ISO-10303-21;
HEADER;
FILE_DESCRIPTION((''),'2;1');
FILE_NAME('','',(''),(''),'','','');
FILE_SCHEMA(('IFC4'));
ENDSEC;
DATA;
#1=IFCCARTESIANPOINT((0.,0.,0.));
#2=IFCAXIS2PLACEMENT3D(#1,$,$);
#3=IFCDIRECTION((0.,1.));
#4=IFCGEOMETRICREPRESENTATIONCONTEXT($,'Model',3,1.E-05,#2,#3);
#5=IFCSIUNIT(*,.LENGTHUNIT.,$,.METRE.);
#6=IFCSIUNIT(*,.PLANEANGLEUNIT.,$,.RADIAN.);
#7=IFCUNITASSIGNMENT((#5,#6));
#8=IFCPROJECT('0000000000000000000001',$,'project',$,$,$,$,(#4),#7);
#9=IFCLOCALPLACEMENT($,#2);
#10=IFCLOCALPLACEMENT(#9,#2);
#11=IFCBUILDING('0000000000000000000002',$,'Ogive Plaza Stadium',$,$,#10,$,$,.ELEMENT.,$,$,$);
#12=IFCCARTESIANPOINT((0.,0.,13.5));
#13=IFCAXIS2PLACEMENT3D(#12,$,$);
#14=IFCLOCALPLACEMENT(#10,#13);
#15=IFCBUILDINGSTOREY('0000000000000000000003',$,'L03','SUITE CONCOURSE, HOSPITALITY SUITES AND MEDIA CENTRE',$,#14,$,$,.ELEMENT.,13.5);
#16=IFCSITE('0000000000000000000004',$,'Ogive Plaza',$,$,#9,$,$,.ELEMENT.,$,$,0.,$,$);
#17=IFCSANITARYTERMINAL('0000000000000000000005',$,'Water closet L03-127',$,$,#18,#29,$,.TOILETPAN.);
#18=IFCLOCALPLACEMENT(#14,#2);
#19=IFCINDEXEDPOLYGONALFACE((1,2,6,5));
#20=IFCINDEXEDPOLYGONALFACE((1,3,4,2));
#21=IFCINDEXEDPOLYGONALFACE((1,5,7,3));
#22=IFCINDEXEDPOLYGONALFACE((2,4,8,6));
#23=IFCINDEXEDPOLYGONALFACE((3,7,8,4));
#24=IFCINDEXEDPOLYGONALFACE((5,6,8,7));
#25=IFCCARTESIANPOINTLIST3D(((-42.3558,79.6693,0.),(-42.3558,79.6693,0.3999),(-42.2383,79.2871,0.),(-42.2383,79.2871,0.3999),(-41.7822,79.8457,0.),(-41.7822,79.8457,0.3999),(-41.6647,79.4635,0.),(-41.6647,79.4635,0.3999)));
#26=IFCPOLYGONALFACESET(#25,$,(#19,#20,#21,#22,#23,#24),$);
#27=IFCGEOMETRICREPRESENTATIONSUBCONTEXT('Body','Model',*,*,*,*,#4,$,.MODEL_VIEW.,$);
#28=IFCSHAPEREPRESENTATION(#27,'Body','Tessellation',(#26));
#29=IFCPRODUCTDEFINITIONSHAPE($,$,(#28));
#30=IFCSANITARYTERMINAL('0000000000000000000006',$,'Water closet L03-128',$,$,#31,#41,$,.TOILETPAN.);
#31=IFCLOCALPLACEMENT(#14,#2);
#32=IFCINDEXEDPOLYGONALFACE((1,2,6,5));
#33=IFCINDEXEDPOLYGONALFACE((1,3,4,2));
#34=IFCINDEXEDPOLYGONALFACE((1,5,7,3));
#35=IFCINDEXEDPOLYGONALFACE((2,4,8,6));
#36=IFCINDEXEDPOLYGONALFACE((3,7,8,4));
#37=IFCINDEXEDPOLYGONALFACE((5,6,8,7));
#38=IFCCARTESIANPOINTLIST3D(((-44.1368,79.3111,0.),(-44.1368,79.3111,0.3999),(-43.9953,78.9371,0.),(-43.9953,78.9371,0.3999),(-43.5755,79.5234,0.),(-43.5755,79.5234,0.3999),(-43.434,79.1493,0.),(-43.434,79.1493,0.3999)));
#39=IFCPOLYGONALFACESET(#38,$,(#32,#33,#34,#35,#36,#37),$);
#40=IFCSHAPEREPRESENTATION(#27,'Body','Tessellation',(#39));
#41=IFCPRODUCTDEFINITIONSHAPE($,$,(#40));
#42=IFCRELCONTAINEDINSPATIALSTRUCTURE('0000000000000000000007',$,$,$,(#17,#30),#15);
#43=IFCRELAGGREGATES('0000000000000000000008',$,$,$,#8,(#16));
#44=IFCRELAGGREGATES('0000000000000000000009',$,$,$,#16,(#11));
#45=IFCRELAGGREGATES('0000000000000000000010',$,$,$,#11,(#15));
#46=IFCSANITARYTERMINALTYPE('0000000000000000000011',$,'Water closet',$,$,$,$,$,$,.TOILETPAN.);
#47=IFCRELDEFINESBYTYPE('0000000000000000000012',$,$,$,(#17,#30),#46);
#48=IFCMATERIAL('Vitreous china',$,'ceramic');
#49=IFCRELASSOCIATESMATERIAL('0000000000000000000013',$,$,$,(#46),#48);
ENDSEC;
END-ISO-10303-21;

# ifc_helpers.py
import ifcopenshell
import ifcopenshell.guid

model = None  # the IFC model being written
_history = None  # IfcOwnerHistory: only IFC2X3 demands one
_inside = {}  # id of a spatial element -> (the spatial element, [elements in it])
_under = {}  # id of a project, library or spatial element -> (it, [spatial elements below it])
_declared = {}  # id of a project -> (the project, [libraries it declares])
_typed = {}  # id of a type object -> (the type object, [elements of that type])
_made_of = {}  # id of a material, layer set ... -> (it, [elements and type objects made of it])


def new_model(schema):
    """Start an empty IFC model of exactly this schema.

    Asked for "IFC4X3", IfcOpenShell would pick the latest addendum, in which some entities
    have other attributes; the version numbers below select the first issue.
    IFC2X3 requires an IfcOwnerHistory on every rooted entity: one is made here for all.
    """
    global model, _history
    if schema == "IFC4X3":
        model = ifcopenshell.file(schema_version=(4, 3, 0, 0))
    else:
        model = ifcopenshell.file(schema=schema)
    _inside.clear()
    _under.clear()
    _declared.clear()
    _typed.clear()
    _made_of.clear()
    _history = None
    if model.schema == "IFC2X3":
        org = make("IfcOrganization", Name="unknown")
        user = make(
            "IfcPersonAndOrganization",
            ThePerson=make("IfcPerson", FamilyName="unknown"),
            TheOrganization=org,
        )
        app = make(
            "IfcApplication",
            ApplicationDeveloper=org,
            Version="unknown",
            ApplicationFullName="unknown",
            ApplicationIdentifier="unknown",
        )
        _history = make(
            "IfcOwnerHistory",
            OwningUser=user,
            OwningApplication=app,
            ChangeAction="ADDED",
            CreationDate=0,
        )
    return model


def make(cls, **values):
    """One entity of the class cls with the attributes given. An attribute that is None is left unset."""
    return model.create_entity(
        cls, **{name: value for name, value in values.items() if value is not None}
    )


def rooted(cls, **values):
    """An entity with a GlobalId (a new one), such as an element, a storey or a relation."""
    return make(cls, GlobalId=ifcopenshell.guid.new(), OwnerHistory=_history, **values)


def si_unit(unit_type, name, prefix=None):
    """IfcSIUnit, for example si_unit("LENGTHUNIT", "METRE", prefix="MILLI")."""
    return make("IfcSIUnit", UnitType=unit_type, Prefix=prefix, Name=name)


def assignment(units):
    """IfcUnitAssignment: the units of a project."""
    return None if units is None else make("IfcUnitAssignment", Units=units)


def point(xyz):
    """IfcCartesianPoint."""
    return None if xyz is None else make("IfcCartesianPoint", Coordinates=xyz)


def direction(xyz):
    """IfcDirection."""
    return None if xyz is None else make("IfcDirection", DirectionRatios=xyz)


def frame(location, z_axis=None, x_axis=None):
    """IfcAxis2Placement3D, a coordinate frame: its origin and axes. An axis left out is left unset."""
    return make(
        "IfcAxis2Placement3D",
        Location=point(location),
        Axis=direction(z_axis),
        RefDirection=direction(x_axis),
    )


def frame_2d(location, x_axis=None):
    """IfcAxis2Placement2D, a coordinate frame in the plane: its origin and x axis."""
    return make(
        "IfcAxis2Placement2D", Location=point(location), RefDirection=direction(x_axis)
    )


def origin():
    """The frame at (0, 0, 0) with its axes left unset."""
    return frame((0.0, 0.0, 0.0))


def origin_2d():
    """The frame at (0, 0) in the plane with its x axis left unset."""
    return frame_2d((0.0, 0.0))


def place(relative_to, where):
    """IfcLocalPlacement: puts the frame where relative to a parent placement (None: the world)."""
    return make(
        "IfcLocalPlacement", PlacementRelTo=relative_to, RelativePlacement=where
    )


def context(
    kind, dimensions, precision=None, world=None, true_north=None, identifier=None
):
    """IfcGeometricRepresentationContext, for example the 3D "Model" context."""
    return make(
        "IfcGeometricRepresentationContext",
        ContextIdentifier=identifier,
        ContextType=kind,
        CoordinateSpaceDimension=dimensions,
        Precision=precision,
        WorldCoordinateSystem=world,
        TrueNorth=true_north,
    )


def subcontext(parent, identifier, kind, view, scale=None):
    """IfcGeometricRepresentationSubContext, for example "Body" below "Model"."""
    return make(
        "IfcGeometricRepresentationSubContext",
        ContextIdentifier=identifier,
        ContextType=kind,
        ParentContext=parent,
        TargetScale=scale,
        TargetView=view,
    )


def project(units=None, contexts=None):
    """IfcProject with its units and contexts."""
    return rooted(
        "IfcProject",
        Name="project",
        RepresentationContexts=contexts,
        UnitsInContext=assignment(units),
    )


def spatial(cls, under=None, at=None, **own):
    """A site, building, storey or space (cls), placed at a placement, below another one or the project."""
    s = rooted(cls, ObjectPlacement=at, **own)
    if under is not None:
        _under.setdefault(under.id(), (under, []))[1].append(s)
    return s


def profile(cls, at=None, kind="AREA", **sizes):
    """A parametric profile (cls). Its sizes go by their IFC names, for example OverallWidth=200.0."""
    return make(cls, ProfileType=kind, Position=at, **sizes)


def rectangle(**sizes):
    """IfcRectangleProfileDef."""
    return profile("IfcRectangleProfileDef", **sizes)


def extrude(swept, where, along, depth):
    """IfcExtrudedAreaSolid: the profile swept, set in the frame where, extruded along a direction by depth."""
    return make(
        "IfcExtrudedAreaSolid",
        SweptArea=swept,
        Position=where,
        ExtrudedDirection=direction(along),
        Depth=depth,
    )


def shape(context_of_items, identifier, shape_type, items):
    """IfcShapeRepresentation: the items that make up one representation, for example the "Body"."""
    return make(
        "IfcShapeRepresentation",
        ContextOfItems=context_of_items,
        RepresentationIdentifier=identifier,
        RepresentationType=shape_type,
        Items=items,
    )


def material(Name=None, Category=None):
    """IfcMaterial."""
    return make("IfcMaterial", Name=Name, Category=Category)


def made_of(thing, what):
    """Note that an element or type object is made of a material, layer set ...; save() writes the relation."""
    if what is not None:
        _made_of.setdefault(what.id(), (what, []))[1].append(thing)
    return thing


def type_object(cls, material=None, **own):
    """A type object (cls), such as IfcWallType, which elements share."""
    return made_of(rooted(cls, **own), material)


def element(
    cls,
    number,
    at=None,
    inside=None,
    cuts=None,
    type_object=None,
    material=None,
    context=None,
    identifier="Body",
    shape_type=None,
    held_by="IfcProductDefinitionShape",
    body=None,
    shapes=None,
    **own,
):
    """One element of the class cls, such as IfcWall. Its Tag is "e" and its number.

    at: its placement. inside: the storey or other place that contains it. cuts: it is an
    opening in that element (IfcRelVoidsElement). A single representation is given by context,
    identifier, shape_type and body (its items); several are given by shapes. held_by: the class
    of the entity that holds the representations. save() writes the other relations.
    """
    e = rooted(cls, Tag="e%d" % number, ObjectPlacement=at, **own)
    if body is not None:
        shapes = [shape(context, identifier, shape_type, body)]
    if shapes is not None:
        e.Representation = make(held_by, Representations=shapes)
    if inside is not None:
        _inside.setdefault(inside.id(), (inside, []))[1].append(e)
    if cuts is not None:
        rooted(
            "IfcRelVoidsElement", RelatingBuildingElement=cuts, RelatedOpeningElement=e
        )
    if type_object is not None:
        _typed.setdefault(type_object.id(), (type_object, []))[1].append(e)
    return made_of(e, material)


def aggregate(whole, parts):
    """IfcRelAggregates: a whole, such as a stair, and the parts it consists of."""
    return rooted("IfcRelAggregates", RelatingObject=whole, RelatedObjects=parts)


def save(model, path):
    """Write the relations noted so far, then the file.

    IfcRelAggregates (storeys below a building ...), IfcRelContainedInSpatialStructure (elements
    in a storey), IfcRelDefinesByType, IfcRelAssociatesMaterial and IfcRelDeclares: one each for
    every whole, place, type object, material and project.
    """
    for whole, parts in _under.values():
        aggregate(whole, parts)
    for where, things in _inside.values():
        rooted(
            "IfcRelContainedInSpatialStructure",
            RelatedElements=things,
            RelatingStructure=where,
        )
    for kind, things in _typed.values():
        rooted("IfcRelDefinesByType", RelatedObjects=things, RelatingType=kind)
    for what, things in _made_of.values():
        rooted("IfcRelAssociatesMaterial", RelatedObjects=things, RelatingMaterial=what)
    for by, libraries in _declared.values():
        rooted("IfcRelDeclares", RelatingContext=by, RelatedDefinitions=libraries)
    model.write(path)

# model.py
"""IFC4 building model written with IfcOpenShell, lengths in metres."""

from ifc_helpers import new_model, si_unit, direction, frame, origin, origin_2d, place, context, subcontext, project, spatial, rectangle, extrude, material, type_object, element, save


model = new_model("IFC4")

# Units and contexts
model_context = context("Model", 3, precision=1e-05, world=origin(), true_north=direction((0.0, 1.0)))
body_context = subcontext(model_context, "Body", "Model", "MODEL_VIEW")
ifc_project = project(units=[si_unit("LENGTHUNIT", "METRE"), si_unit("PLANEANGLEUNIT", "RADIAN")], contexts=[model_context])

# Site, building, storey
site_placement = place(None, origin())
site = spatial("IfcSite", under=ifc_project, at=site_placement, Name="Ogive Plaza", CompositionType="ELEMENT", RefElevation=0.0)
building_placement = place(site_placement, origin())
building = spatial("IfcBuilding", under=site, at=building_placement, Name="Ogive Plaza Stadium", CompositionType="ELEMENT")
storey_placement = place(building_placement, frame((0.0, 0.0, 13.5)))
storey = spatial("IfcBuildingStorey", under=building, at=storey_placement, Name="L03", Description="SUITE CONCOURSE, HOSPITALITY SUITES AND MEDIA CENTRE", CompositionType="ELEMENT", Elevation=13.5)

# Sanitary terminals
ifc_material_1 = material(Name="Vitreous china", Category="ceramic")
sanitary_terminal_type_1 = type_object("IfcSanitaryTerminalType", Name="Water closet", PredefinedType="TOILETPAN", material=ifc_material_1)
for number, where, z_axis, x_axis, name in (
    (1, (-42.0103, 79.5664, 0.0), (0.0, 0.0, 1.0), (-0.293959, 0.955818, 0.0), "Water closet L03-127"),
    (2, (-43.7854, 79.2302, 0.0), (0.0, 0.0, 1.0), (-0.353648, 0.935379, 0.0), "Water closet L03-128"),
):
    element("IfcSanitaryTerminal", number, at=place(storey_placement, frame(where, z_axis=z_axis, x_axis=x_axis)), inside=storey, type_object=sanitary_terminal_type_1, Name=name, PredefinedType="TOILETPAN", context=body_context, shape_type="SweptSolid", body=[
        extrude(rectangle(XDim=0.3999, YDim=0.6001, at=origin_2d()), origin(), (0.0, 0.0, 1.0), 0.3999),
    ])

save(model, "model.ifc")
